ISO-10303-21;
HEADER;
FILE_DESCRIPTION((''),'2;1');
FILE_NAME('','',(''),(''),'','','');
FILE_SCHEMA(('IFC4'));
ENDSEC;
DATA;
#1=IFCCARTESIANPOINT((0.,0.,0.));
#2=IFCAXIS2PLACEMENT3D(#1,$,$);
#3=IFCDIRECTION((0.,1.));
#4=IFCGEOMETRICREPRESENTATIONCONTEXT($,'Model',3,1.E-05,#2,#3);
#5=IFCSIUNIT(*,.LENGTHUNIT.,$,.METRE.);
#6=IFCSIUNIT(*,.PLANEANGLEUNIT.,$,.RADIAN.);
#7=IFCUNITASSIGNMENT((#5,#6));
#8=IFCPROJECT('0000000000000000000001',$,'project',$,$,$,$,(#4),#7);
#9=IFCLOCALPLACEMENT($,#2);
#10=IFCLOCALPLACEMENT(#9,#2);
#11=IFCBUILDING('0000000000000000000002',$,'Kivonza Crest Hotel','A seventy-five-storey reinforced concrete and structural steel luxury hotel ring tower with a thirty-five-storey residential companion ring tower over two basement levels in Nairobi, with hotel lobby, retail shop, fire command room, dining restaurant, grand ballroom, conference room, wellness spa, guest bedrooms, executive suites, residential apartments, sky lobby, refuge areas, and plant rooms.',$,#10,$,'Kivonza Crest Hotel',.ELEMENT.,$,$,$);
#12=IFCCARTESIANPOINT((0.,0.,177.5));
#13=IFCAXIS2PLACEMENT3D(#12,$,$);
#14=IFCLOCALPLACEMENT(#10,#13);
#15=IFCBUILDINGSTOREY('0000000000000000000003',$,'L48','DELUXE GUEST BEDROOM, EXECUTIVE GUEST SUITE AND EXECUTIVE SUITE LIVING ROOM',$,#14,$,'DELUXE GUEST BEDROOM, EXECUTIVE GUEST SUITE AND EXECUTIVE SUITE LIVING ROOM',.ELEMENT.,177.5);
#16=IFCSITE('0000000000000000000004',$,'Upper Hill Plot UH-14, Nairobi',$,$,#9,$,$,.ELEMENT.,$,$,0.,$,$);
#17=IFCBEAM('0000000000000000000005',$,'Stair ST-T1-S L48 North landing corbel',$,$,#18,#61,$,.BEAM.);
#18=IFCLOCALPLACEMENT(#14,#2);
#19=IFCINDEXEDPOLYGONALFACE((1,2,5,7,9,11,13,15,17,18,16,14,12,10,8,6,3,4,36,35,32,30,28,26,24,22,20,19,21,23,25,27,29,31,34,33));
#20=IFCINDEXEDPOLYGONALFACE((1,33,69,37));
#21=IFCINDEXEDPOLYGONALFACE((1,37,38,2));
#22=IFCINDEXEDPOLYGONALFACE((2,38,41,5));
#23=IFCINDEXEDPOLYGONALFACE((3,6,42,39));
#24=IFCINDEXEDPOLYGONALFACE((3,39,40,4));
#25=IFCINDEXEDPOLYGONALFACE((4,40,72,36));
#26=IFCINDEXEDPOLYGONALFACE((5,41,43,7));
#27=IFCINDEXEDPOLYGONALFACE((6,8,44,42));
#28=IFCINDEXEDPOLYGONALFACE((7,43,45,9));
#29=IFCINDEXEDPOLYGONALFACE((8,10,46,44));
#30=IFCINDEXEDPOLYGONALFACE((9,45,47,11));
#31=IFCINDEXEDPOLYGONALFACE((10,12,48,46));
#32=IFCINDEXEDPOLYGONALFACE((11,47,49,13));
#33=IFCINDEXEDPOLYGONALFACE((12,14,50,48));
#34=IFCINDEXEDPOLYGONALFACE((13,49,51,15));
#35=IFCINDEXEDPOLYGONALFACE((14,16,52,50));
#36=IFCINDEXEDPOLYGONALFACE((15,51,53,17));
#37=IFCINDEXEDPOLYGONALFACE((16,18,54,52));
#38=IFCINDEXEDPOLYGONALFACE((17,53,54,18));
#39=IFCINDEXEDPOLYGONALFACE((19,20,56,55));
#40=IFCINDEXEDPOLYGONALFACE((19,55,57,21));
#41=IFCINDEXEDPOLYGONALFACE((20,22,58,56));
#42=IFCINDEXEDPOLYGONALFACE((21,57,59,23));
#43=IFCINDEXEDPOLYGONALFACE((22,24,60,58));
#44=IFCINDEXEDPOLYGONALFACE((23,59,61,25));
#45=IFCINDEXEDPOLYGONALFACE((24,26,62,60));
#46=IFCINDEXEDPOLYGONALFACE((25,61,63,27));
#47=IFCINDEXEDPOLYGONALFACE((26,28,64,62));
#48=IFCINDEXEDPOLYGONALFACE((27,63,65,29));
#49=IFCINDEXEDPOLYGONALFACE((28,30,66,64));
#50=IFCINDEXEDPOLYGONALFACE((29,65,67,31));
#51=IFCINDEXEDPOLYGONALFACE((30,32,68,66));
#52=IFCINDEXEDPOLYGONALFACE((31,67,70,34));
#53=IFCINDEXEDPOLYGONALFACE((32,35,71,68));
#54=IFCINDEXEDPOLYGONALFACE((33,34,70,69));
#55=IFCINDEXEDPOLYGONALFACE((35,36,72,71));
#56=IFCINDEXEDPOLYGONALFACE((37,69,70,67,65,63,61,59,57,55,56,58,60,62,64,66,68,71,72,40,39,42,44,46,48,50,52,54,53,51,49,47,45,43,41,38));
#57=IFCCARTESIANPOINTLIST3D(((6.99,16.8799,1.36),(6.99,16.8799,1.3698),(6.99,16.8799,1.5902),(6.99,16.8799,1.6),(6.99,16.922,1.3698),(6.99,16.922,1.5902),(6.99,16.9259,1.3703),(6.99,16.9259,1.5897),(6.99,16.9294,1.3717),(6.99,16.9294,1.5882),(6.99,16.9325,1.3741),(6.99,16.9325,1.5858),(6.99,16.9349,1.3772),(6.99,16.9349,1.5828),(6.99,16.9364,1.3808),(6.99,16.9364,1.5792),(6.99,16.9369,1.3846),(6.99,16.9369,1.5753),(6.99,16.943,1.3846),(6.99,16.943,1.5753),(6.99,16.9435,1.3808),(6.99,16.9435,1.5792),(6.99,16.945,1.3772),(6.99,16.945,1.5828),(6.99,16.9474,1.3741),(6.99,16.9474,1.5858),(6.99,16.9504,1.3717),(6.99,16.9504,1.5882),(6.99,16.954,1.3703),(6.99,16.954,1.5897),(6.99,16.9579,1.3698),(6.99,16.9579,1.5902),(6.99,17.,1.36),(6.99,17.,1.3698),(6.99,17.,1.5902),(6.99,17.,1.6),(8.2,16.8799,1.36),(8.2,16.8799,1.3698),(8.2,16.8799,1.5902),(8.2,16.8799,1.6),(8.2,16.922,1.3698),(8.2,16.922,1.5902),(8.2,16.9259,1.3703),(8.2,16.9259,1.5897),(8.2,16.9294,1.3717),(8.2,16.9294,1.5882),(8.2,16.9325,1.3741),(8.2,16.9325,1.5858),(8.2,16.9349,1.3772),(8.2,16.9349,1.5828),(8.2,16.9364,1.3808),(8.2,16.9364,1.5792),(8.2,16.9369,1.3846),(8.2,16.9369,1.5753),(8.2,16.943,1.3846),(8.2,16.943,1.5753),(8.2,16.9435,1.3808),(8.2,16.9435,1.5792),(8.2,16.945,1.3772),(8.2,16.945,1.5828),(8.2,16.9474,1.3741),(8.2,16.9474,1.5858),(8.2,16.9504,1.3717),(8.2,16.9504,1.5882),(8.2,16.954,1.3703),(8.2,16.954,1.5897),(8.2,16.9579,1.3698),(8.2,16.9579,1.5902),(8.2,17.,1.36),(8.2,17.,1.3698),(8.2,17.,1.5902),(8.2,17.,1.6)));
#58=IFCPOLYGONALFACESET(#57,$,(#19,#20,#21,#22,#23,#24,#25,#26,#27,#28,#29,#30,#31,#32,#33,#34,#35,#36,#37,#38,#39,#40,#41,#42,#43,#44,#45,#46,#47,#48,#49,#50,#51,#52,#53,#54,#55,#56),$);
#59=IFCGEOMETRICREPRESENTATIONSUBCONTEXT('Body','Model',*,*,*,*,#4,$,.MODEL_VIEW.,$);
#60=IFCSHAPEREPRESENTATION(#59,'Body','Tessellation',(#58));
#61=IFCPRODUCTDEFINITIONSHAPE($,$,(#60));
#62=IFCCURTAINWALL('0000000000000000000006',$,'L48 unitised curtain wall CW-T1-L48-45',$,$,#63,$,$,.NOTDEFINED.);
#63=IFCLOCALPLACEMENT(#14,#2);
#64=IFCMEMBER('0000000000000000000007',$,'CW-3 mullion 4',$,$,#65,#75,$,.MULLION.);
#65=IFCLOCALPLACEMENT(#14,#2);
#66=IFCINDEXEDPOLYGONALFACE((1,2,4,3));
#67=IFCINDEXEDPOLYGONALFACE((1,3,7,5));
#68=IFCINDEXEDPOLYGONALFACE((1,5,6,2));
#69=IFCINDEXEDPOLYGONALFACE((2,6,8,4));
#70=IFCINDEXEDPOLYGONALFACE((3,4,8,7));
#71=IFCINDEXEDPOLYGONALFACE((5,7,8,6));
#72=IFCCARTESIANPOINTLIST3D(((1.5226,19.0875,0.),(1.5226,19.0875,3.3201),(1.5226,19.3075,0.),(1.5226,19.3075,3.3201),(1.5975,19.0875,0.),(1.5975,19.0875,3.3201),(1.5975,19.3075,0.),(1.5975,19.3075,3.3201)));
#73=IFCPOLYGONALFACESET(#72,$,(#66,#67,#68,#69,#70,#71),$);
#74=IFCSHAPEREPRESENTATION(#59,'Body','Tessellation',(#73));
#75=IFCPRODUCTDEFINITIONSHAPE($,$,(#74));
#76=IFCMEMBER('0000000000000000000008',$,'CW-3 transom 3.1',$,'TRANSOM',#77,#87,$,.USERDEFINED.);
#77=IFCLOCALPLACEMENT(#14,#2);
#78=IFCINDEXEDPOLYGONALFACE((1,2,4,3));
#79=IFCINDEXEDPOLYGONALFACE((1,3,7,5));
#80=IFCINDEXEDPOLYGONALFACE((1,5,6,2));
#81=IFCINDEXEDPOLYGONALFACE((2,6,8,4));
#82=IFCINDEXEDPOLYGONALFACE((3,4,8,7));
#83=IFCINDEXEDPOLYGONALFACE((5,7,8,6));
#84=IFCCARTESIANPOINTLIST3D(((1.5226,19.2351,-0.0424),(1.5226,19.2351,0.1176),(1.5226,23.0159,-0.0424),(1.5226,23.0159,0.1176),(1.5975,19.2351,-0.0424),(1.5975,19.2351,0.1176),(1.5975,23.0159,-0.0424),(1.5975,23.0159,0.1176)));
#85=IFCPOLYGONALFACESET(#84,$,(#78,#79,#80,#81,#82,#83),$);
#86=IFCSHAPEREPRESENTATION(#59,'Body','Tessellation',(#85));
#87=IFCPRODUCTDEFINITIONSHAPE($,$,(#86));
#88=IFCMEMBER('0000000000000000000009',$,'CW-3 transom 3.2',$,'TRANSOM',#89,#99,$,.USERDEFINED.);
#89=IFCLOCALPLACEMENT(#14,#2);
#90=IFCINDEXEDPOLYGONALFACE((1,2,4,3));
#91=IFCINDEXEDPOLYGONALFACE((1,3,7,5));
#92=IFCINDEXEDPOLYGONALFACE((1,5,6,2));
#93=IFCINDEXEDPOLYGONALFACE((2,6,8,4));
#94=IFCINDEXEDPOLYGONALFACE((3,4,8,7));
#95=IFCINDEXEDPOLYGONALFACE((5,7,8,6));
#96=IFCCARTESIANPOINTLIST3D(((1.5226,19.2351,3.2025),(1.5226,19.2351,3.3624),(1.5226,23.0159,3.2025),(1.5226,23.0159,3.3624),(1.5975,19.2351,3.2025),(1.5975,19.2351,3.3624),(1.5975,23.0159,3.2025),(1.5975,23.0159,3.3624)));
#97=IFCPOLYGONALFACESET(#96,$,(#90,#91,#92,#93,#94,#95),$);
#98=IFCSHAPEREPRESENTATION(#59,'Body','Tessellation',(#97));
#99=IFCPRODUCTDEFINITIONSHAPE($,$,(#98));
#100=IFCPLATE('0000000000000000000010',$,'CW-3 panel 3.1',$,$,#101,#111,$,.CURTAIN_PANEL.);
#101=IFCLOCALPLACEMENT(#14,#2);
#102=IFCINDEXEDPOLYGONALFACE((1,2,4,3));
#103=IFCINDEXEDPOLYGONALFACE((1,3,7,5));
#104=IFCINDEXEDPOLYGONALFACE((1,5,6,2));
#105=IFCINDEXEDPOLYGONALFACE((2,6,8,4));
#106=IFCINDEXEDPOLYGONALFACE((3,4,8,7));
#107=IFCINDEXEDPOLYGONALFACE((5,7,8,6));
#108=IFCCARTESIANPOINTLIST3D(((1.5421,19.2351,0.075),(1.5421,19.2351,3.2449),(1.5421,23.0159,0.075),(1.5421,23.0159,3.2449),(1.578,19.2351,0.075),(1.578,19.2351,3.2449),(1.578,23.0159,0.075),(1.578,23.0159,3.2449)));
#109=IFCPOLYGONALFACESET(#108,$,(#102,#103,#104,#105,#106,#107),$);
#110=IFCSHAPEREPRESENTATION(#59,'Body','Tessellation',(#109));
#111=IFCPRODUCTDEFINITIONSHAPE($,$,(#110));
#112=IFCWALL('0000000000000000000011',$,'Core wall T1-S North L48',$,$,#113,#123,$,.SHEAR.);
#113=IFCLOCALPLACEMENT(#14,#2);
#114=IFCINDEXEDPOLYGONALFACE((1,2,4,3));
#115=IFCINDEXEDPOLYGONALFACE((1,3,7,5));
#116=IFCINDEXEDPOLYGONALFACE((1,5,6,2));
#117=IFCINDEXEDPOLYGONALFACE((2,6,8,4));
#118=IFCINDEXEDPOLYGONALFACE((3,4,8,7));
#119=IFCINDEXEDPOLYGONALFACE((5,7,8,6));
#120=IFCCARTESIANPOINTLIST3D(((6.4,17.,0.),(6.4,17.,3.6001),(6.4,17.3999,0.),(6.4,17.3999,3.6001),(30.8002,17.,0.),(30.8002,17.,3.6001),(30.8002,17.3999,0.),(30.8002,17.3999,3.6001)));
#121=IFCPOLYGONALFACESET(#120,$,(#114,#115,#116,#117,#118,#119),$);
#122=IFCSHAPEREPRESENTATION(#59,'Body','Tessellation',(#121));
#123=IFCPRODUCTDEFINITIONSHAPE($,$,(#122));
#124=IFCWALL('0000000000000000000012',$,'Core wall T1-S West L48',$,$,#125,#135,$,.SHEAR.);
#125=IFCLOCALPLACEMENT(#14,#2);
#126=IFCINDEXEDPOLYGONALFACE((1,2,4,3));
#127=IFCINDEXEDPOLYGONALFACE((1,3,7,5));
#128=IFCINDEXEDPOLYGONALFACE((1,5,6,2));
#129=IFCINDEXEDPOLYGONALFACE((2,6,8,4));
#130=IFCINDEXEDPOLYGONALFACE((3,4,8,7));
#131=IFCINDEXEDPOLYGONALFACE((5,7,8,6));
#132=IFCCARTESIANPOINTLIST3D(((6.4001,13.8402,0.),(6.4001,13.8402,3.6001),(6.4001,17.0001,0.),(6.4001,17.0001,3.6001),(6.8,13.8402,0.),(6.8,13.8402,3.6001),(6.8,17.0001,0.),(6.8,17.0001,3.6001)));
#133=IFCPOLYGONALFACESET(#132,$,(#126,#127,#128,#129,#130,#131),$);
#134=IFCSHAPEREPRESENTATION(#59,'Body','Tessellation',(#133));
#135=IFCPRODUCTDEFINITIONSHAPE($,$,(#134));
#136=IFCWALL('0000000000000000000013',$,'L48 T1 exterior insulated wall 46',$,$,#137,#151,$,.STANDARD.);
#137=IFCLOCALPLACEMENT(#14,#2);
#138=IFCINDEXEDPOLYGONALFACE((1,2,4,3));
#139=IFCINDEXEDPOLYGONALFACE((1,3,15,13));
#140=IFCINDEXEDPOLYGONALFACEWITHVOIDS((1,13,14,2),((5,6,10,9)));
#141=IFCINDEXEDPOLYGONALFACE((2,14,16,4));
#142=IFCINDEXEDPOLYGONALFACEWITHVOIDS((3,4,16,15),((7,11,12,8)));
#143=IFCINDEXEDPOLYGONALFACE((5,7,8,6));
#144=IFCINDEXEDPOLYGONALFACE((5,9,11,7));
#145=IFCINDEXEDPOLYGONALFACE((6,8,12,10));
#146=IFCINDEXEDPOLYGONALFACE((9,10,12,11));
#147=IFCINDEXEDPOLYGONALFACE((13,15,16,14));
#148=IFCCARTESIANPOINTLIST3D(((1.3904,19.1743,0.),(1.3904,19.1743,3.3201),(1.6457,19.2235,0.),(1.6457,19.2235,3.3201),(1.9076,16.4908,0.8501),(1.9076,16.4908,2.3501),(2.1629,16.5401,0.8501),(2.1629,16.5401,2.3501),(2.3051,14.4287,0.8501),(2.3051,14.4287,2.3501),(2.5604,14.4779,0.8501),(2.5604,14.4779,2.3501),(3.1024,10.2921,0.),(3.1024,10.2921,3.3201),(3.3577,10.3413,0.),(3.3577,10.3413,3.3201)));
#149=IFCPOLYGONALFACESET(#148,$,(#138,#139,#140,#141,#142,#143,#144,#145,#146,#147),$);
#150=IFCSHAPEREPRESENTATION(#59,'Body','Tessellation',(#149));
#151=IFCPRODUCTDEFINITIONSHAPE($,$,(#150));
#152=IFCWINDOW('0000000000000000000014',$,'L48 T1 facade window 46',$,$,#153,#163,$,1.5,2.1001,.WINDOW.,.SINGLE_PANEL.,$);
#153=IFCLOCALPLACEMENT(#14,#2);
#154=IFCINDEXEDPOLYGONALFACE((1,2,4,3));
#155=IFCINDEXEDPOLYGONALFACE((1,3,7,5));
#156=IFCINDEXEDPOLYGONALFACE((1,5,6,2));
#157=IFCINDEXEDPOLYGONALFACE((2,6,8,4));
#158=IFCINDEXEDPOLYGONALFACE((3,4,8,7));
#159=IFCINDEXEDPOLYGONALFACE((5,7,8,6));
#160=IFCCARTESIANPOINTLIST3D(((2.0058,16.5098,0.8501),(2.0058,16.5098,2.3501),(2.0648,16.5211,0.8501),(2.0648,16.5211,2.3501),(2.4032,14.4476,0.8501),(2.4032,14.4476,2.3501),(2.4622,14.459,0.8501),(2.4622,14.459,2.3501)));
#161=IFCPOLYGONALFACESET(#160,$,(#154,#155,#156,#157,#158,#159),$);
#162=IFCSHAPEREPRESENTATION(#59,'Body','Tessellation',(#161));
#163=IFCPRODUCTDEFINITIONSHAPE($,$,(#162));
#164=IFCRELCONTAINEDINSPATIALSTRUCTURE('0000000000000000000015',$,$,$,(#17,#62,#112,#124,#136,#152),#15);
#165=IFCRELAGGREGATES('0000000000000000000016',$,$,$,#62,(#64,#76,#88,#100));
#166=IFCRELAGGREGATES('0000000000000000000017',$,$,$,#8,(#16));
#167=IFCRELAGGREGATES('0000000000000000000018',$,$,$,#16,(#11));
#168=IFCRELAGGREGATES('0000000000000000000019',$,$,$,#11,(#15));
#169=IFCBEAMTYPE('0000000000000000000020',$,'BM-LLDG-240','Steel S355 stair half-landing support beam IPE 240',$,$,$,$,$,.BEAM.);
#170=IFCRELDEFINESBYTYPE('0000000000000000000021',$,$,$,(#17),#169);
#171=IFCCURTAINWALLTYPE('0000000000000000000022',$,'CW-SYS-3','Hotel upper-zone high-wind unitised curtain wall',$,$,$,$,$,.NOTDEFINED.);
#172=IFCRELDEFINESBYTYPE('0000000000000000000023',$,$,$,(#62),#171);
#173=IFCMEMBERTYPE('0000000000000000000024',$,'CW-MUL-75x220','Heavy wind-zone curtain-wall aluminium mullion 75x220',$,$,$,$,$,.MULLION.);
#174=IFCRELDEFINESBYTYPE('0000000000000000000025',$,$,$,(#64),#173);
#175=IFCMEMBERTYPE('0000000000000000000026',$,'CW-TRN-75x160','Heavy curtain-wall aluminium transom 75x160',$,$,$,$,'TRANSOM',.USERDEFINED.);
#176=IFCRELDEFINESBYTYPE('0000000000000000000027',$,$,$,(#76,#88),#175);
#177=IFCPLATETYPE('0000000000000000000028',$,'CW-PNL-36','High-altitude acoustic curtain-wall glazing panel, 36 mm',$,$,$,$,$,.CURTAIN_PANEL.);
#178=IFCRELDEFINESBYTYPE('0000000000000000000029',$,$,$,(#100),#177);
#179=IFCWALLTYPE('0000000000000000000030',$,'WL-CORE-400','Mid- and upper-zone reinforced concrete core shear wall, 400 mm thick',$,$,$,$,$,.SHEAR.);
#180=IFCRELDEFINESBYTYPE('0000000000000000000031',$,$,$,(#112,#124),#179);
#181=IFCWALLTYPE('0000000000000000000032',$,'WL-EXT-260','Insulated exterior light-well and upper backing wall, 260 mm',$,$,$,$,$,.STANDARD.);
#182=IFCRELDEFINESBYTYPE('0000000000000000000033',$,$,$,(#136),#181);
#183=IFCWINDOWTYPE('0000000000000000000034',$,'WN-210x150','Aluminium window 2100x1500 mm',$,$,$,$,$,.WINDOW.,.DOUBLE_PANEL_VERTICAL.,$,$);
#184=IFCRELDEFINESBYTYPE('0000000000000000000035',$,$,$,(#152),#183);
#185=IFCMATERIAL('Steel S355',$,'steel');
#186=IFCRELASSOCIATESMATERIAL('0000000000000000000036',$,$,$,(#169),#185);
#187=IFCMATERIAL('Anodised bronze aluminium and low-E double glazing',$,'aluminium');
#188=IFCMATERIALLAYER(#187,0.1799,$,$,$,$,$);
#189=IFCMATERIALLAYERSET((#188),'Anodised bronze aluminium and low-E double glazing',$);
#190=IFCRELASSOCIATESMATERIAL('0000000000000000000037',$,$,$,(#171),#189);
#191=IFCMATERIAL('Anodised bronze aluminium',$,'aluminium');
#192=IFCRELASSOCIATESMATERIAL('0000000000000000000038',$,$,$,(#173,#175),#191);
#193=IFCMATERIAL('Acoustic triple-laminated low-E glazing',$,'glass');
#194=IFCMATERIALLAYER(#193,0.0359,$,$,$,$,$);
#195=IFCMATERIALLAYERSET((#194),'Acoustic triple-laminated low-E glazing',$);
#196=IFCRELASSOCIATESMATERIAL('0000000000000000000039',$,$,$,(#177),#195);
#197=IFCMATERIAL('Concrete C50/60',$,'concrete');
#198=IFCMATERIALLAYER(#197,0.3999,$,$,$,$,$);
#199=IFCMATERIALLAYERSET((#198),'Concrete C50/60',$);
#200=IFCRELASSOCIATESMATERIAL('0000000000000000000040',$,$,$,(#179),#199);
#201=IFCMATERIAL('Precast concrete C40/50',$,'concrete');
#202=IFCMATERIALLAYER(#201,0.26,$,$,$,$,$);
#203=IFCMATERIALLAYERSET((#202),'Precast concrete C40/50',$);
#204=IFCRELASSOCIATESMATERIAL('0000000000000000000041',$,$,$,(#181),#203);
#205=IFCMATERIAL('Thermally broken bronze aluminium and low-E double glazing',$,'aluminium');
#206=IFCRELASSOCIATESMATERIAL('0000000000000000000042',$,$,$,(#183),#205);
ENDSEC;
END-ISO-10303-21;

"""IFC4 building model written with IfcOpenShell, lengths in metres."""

from ifc_helpers import new_model, si_unit, direction, frame, frame_2d, origin, origin_2d, place, context, subcontext, project, spatial, rectangle, i_section, extrude, material, layer, layer_set, material_profile, profile_set, type_object, element, fill, aggregate, save


model = new_model("IFC4")

# Units and contexts
model_context = context("Model", 3, precision=1e-05, world=origin(), true_north=direction((0.0, 1.0)))
body_context = subcontext(model_context, "Body", "Model", "MODEL_VIEW")
ifc_project = project(units=[si_unit("LENGTHUNIT", "METRE"), si_unit("PLANEANGLEUNIT", "RADIAN")], contexts=[model_context])

# Site, building, storey
site_placement = place(None, origin())
site = spatial("IfcSite", under=ifc_project, at=site_placement, Name="Upper Hill Plot UH-14, Nairobi", CompositionType="ELEMENT", RefElevation=0.0)
building_placement = place(site_placement, origin())
building = spatial("IfcBuilding", under=site, at=building_placement, Name="Kivonza Crest Hotel", Description="A seventy-five-storey reinforced concrete and structural steel luxury hotel ring tower with a thirty-five-storey residential companion ring tower over two basement levels in Nairobi, with hotel lobby, retail shop, fire command room, dining restaurant, grand ballroom, conference room, wellness spa, guest bedrooms, executive suites, residential apartments, sky lobby, refuge areas, and plant rooms.", LongName="Kivonza Crest Hotel", CompositionType="ELEMENT")
storey_placement = place(building_placement, frame((0.0, 0.0, 177.5)))
storey = spatial("IfcBuildingStorey", under=building, at=storey_placement, Name="L48", Description="DELUXE GUEST BEDROOM, EXECUTIVE GUEST SUITE AND EXECUTIVE SUITE LIVING ROOM", LongName="DELUXE GUEST BEDROOM, EXECUTIVE GUEST SUITE AND EXECUTIVE SUITE LIVING ROOM", CompositionType="ELEMENT", Elevation=177.5)

# Shared definitions
ifc_material_1 = material(Name="Concrete C50/60", Category="concrete")

# Beam
ifc_material_2 = material(Name="Steel S355", Category="steel")
ifc_material_profile_1 = material_profile(ifc_material_2, i_section(OverallWidth=0.1201, OverallDepth=0.24, WebThickness=0.0061, FlangeThickness=0.0098, FilletRadius=0.0149, at=origin_2d()), Name="IPE 240")
ifc_profile_set_1 = profile_set([ifc_material_profile_1], Name="Steel S355")
beam_type_1 = type_object("IfcBeamType", Name="BM-LLDG-240", Description="Steel S355 stair half-landing support beam IPE 240", PredefinedType="BEAM", material=ifc_profile_set_1)
for number, where, z_axis, x_axis, name in (
    (1, (6.99, 16.9399, 1.48), (1.0, 0.0, 0.0), (0.0, 1.0, 0.0), "Stair ST-T1-S L48 North landing corbel"),
):
    element("IfcBeam", number, at=place(storey_placement, frame(where, z_axis=z_axis, x_axis=x_axis)), inside=storey, type_object=beam_type_1, Name=name, PredefinedType="BEAM", context=body_context, shape_type="SweptSolid", body=[
        extrude(i_section(OverallWidth=0.1201, OverallDepth=0.24, WebThickness=0.0061, FlangeThickness=0.0098, FilletRadius=0.0149, at=origin_2d()), origin(), (0.0, 0.0, 1.0), 1.21),
    ])

# Curtain wall, members, plate
ifc_material_3 = material(Name="Anodised bronze aluminium and low-E double glazing", Category="aluminium")
ifc_layer_1 = layer(ifc_material_3, 0.1799)
ifc_layer_set_1 = layer_set([ifc_layer_1], Name="Anodised bronze aluminium and low-E double glazing")
curtain_wall_type = type_object("IfcCurtainWallType", Name="CW-SYS-3", Description="Hotel upper-zone high-wind unitised curtain wall", PredefinedType="NOTDEFINED", material=ifc_layer_set_1)
curtain_wall_placement = place(storey_placement, origin())
curtain_wall = element("IfcCurtainWall", 2, at=curtain_wall_placement, inside=storey, type_object=curtain_wall_type, Name="L48 unitised curtain wall CW-T1-L48-45", PredefinedType="NOTDEFINED")
ifc_material_4 = material(Name="Anodised bronze aluminium", Category="aluminium")
ifc_material_profile_2 = material_profile(ifc_material_4, rectangle(XDim=0.075, YDim=0.22, at=origin_2d()), Name="CW-M 75x220")
ifc_profile_set_2 = profile_set([ifc_material_profile_2], Name="Anodised bronze aluminium")
member_type_1 = type_object("IfcMemberType", Name="CW-MUL-75x220", Description="Heavy wind-zone curtain-wall aluminium mullion 75x220", PredefinedType="MULLION", material=ifc_profile_set_2)
member_1_placement = place(storey_placement, frame((1.5601, 19.1975, 0.0), z_axis=(0.0, 0.0, 1.0), x_axis=(1.0, 0.0, 0.0)))
member_1 = element("IfcMember", 3, at=member_1_placement, type_object=member_type_1, Name="CW-3 mullion 4", PredefinedType="MULLION", context=body_context, shape_type="SweptSolid", body=[
    extrude(rectangle(XDim=0.075, YDim=0.22, at=origin_2d()), origin(), (0.0, 0.0, 1.0), 3.3201),
])
ifc_material_profile_3 = material_profile(ifc_material_4, rectangle(XDim=0.075, YDim=0.1599, at=origin_2d()), Name="CW-T 75x160")
ifc_profile_set_3 = profile_set([ifc_material_profile_3], Name="Anodised bronze aluminium")
member_type_2 = type_object("IfcMemberType", Name="CW-TRN-75x160", Description="Heavy curtain-wall aluminium transom 75x160", ElementType="TRANSOM", PredefinedType="USERDEFINED", material=ifc_profile_set_3)
member_2_placement = place(storey_placement, frame((1.5601, 23.0159, 0.0376), z_axis=(0.0, -1.0, 0.0), x_axis=(1.0, 0.0, 0.0)))
member_2 = element("IfcMember", 4, at=member_2_placement, type_object=member_type_2, Name="CW-3 transom 3.1", ObjectType="TRANSOM", PredefinedType="USERDEFINED", context=body_context, shape_type="SweptSolid", body=[
    extrude(rectangle(XDim=0.075, YDim=0.1599, at=origin_2d()), origin(), (0.0, 0.0, 1.0), 3.7808),
])
member_3_placement = place(storey_placement, frame((1.5601, 23.0159, 3.2825), z_axis=(0.0, -1.0, 0.0), x_axis=(1.0, 0.0, 0.0)))
member_3 = element("IfcMember", 5, at=member_3_placement, type_object=member_type_2, Name="CW-3 transom 3.2", ObjectType="TRANSOM", PredefinedType="USERDEFINED", context=body_context, shape_type="SweptSolid", body=[
    extrude(rectangle(XDim=0.075, YDim=0.1599, at=origin_2d()), origin(), (0.0, 0.0, 1.0), 3.7808),
])
ifc_material_5 = material(Name="Acoustic triple-laminated low-E glazing", Category="glass")
ifc_layer_2 = layer(ifc_material_5, 0.0359)
ifc_layer_set_2 = layer_set([ifc_layer_2], Name="Acoustic triple-laminated low-E glazing")
plate_type = type_object("IfcPlateType", Name="CW-PNL-36", Description="High-altitude acoustic curtain-wall glazing panel, 36 mm", PredefinedType="CURTAIN_PANEL", material=ifc_layer_set_2)
plate_placement = place(storey_placement, frame((1.5601, 21.1255, 0.075), z_axis=(0.0, 0.0, 1.0), x_axis=(0.0, -1.0, 0.0)))
plate = element("IfcPlate", 6, at=plate_placement, type_object=plate_type, Name="CW-3 panel 3.1", PredefinedType="CURTAIN_PANEL", context=body_context, shape_type="SweptSolid", body=[
    extrude(rectangle(XDim=3.7808, YDim=0.0359, at=origin_2d()), origin(), (0.0, 0.0, 1.0), 3.1699),
])
aggregate(curtain_wall, [member_1, member_2, member_3, plate])

# Shared definitions
ifc_layer_3 = layer(ifc_material_1, 0.3999)
ifc_layer_set_3 = layer_set([ifc_layer_3], Name="Concrete C50/60")
wall_type_1 = type_object("IfcWallType", Name="WL-CORE-400", Description="Mid- and upper-zone reinforced concrete core shear wall, 400 mm thick", PredefinedType="SHEAR", material=ifc_layer_set_3)

# Walls
wall_1_placement = place(storey_placement, frame((6.3999, 17.2, 0.0), z_axis=(0.0, 0.0, 1.0), x_axis=(1.0, 0.0, 0.0)))
element("IfcWall", 7, at=wall_1_placement, inside=storey, type_object=wall_type_1, Name="Core wall T1-S North L48", PredefinedType="SHEAR", context=body_context, shape_type="SweptSolid", body=[
    extrude(rectangle(XDim=24.4001, YDim=0.3999, at=frame_2d((12.2002, 0.0))), origin(), (0.0, 0.0, 1.0), 3.6001),
])
wall_2_placement = place(storey_placement, frame((6.6001, 13.8401, 0.0), z_axis=(0.0, 0.0, 1.0), x_axis=(0.0, 1.0, 0.0)))
element("IfcWall", 8, at=wall_2_placement, inside=storey, type_object=wall_type_1, Name="Core wall T1-S West L48", PredefinedType="SHEAR", context=body_context, shape_type="SweptSolid", body=[
    extrude(rectangle(XDim=3.1599, YDim=0.3999, at=frame_2d((1.5801, 0.0))), origin(), (0.0, 0.0, 1.0), 3.6001),
])

# Wall, opening, window
ifc_material_6 = material(Name="Precast concrete C40/50", Category="concrete")
ifc_layer_4 = layer(ifc_material_6, 0.26)
ifc_layer_set_4 = layer_set([ifc_layer_4], Name="Precast concrete C40/50")
wall_type_2 = type_object("IfcWallType", Name="WL-EXT-260", Description="Insulated exterior light-well and upper backing wall, 260 mm", PredefinedType="STANDARD", material=ifc_layer_set_4)
wall_3_placement = place(storey_placement, frame((1.5181, 19.199, 0.0), z_axis=(0.0, 0.0, 1.0), x_axis=(0.189255, -0.981928, 0.0)))
wall_3 = element("IfcWall", 9, at=wall_3_placement, inside=storey, type_object=wall_type_2, Name="L48 T1 exterior insulated wall 46", PredefinedType="STANDARD", context=body_context, shape_type="SweptSolid", body=[
    extrude(rectangle(XDim=9.0457, YDim=0.26, at=frame_2d((4.5229, 0.0))), origin(), (0.0, 0.0, 1.0), 3.3201),
])
opening_1_placement = place(wall_3_placement, frame((2.7329, 0.0, 0.8501)))
opening_1 = element("IfcOpeningElement", 10, at=opening_1_placement, cuts=wall_3, PredefinedType="OPENING", context=body_context, shape_type="SweptSolid", body=[
    extrude(rectangle(XDim=2.1001, YDim=1.5, at=frame_2d((1.05, 0.75))), frame((0.0, 0.1401, 0.0), z_axis=(0.0, -1.0, 0.0), x_axis=(1.0, 0.0, 0.0)), (0.0, 0.0, 1.0), 0.28),
])
ifc_material_7 = material(Name="Thermally broken bronze aluminium and low-E double glazing", Category="aluminium")
window_type = type_object("IfcWindowType", Name="WN-210x150", Description="Aluminium window 2100x1500 mm", PartitioningType="DOUBLE_PANEL_VERTICAL", PredefinedType="WINDOW", material=ifc_material_7)
window_placement = place(opening_1_placement, origin())
window = element("IfcWindow", 11, at=window_placement, inside=storey, type_object=window_type, Name="L48 T1 facade window 46", OverallHeight=1.5, OverallWidth=2.1001, PartitioningType="SINGLE_PANEL", PredefinedType="WINDOW", context=body_context, shape_type="SweptSolid", body=[
    extrude(rectangle(XDim=2.1001, YDim=1.5, at=frame_2d((1.05, 0.75))), frame((0.0, 0.03, 0.0), z_axis=(0.0, -1.0, 0.0), x_axis=(1.0, 0.0, 0.0)), (0.0, 0.0, 1.0), 0.0601),
])
fill(opening_1, window)

save(model, "model.ifc")
